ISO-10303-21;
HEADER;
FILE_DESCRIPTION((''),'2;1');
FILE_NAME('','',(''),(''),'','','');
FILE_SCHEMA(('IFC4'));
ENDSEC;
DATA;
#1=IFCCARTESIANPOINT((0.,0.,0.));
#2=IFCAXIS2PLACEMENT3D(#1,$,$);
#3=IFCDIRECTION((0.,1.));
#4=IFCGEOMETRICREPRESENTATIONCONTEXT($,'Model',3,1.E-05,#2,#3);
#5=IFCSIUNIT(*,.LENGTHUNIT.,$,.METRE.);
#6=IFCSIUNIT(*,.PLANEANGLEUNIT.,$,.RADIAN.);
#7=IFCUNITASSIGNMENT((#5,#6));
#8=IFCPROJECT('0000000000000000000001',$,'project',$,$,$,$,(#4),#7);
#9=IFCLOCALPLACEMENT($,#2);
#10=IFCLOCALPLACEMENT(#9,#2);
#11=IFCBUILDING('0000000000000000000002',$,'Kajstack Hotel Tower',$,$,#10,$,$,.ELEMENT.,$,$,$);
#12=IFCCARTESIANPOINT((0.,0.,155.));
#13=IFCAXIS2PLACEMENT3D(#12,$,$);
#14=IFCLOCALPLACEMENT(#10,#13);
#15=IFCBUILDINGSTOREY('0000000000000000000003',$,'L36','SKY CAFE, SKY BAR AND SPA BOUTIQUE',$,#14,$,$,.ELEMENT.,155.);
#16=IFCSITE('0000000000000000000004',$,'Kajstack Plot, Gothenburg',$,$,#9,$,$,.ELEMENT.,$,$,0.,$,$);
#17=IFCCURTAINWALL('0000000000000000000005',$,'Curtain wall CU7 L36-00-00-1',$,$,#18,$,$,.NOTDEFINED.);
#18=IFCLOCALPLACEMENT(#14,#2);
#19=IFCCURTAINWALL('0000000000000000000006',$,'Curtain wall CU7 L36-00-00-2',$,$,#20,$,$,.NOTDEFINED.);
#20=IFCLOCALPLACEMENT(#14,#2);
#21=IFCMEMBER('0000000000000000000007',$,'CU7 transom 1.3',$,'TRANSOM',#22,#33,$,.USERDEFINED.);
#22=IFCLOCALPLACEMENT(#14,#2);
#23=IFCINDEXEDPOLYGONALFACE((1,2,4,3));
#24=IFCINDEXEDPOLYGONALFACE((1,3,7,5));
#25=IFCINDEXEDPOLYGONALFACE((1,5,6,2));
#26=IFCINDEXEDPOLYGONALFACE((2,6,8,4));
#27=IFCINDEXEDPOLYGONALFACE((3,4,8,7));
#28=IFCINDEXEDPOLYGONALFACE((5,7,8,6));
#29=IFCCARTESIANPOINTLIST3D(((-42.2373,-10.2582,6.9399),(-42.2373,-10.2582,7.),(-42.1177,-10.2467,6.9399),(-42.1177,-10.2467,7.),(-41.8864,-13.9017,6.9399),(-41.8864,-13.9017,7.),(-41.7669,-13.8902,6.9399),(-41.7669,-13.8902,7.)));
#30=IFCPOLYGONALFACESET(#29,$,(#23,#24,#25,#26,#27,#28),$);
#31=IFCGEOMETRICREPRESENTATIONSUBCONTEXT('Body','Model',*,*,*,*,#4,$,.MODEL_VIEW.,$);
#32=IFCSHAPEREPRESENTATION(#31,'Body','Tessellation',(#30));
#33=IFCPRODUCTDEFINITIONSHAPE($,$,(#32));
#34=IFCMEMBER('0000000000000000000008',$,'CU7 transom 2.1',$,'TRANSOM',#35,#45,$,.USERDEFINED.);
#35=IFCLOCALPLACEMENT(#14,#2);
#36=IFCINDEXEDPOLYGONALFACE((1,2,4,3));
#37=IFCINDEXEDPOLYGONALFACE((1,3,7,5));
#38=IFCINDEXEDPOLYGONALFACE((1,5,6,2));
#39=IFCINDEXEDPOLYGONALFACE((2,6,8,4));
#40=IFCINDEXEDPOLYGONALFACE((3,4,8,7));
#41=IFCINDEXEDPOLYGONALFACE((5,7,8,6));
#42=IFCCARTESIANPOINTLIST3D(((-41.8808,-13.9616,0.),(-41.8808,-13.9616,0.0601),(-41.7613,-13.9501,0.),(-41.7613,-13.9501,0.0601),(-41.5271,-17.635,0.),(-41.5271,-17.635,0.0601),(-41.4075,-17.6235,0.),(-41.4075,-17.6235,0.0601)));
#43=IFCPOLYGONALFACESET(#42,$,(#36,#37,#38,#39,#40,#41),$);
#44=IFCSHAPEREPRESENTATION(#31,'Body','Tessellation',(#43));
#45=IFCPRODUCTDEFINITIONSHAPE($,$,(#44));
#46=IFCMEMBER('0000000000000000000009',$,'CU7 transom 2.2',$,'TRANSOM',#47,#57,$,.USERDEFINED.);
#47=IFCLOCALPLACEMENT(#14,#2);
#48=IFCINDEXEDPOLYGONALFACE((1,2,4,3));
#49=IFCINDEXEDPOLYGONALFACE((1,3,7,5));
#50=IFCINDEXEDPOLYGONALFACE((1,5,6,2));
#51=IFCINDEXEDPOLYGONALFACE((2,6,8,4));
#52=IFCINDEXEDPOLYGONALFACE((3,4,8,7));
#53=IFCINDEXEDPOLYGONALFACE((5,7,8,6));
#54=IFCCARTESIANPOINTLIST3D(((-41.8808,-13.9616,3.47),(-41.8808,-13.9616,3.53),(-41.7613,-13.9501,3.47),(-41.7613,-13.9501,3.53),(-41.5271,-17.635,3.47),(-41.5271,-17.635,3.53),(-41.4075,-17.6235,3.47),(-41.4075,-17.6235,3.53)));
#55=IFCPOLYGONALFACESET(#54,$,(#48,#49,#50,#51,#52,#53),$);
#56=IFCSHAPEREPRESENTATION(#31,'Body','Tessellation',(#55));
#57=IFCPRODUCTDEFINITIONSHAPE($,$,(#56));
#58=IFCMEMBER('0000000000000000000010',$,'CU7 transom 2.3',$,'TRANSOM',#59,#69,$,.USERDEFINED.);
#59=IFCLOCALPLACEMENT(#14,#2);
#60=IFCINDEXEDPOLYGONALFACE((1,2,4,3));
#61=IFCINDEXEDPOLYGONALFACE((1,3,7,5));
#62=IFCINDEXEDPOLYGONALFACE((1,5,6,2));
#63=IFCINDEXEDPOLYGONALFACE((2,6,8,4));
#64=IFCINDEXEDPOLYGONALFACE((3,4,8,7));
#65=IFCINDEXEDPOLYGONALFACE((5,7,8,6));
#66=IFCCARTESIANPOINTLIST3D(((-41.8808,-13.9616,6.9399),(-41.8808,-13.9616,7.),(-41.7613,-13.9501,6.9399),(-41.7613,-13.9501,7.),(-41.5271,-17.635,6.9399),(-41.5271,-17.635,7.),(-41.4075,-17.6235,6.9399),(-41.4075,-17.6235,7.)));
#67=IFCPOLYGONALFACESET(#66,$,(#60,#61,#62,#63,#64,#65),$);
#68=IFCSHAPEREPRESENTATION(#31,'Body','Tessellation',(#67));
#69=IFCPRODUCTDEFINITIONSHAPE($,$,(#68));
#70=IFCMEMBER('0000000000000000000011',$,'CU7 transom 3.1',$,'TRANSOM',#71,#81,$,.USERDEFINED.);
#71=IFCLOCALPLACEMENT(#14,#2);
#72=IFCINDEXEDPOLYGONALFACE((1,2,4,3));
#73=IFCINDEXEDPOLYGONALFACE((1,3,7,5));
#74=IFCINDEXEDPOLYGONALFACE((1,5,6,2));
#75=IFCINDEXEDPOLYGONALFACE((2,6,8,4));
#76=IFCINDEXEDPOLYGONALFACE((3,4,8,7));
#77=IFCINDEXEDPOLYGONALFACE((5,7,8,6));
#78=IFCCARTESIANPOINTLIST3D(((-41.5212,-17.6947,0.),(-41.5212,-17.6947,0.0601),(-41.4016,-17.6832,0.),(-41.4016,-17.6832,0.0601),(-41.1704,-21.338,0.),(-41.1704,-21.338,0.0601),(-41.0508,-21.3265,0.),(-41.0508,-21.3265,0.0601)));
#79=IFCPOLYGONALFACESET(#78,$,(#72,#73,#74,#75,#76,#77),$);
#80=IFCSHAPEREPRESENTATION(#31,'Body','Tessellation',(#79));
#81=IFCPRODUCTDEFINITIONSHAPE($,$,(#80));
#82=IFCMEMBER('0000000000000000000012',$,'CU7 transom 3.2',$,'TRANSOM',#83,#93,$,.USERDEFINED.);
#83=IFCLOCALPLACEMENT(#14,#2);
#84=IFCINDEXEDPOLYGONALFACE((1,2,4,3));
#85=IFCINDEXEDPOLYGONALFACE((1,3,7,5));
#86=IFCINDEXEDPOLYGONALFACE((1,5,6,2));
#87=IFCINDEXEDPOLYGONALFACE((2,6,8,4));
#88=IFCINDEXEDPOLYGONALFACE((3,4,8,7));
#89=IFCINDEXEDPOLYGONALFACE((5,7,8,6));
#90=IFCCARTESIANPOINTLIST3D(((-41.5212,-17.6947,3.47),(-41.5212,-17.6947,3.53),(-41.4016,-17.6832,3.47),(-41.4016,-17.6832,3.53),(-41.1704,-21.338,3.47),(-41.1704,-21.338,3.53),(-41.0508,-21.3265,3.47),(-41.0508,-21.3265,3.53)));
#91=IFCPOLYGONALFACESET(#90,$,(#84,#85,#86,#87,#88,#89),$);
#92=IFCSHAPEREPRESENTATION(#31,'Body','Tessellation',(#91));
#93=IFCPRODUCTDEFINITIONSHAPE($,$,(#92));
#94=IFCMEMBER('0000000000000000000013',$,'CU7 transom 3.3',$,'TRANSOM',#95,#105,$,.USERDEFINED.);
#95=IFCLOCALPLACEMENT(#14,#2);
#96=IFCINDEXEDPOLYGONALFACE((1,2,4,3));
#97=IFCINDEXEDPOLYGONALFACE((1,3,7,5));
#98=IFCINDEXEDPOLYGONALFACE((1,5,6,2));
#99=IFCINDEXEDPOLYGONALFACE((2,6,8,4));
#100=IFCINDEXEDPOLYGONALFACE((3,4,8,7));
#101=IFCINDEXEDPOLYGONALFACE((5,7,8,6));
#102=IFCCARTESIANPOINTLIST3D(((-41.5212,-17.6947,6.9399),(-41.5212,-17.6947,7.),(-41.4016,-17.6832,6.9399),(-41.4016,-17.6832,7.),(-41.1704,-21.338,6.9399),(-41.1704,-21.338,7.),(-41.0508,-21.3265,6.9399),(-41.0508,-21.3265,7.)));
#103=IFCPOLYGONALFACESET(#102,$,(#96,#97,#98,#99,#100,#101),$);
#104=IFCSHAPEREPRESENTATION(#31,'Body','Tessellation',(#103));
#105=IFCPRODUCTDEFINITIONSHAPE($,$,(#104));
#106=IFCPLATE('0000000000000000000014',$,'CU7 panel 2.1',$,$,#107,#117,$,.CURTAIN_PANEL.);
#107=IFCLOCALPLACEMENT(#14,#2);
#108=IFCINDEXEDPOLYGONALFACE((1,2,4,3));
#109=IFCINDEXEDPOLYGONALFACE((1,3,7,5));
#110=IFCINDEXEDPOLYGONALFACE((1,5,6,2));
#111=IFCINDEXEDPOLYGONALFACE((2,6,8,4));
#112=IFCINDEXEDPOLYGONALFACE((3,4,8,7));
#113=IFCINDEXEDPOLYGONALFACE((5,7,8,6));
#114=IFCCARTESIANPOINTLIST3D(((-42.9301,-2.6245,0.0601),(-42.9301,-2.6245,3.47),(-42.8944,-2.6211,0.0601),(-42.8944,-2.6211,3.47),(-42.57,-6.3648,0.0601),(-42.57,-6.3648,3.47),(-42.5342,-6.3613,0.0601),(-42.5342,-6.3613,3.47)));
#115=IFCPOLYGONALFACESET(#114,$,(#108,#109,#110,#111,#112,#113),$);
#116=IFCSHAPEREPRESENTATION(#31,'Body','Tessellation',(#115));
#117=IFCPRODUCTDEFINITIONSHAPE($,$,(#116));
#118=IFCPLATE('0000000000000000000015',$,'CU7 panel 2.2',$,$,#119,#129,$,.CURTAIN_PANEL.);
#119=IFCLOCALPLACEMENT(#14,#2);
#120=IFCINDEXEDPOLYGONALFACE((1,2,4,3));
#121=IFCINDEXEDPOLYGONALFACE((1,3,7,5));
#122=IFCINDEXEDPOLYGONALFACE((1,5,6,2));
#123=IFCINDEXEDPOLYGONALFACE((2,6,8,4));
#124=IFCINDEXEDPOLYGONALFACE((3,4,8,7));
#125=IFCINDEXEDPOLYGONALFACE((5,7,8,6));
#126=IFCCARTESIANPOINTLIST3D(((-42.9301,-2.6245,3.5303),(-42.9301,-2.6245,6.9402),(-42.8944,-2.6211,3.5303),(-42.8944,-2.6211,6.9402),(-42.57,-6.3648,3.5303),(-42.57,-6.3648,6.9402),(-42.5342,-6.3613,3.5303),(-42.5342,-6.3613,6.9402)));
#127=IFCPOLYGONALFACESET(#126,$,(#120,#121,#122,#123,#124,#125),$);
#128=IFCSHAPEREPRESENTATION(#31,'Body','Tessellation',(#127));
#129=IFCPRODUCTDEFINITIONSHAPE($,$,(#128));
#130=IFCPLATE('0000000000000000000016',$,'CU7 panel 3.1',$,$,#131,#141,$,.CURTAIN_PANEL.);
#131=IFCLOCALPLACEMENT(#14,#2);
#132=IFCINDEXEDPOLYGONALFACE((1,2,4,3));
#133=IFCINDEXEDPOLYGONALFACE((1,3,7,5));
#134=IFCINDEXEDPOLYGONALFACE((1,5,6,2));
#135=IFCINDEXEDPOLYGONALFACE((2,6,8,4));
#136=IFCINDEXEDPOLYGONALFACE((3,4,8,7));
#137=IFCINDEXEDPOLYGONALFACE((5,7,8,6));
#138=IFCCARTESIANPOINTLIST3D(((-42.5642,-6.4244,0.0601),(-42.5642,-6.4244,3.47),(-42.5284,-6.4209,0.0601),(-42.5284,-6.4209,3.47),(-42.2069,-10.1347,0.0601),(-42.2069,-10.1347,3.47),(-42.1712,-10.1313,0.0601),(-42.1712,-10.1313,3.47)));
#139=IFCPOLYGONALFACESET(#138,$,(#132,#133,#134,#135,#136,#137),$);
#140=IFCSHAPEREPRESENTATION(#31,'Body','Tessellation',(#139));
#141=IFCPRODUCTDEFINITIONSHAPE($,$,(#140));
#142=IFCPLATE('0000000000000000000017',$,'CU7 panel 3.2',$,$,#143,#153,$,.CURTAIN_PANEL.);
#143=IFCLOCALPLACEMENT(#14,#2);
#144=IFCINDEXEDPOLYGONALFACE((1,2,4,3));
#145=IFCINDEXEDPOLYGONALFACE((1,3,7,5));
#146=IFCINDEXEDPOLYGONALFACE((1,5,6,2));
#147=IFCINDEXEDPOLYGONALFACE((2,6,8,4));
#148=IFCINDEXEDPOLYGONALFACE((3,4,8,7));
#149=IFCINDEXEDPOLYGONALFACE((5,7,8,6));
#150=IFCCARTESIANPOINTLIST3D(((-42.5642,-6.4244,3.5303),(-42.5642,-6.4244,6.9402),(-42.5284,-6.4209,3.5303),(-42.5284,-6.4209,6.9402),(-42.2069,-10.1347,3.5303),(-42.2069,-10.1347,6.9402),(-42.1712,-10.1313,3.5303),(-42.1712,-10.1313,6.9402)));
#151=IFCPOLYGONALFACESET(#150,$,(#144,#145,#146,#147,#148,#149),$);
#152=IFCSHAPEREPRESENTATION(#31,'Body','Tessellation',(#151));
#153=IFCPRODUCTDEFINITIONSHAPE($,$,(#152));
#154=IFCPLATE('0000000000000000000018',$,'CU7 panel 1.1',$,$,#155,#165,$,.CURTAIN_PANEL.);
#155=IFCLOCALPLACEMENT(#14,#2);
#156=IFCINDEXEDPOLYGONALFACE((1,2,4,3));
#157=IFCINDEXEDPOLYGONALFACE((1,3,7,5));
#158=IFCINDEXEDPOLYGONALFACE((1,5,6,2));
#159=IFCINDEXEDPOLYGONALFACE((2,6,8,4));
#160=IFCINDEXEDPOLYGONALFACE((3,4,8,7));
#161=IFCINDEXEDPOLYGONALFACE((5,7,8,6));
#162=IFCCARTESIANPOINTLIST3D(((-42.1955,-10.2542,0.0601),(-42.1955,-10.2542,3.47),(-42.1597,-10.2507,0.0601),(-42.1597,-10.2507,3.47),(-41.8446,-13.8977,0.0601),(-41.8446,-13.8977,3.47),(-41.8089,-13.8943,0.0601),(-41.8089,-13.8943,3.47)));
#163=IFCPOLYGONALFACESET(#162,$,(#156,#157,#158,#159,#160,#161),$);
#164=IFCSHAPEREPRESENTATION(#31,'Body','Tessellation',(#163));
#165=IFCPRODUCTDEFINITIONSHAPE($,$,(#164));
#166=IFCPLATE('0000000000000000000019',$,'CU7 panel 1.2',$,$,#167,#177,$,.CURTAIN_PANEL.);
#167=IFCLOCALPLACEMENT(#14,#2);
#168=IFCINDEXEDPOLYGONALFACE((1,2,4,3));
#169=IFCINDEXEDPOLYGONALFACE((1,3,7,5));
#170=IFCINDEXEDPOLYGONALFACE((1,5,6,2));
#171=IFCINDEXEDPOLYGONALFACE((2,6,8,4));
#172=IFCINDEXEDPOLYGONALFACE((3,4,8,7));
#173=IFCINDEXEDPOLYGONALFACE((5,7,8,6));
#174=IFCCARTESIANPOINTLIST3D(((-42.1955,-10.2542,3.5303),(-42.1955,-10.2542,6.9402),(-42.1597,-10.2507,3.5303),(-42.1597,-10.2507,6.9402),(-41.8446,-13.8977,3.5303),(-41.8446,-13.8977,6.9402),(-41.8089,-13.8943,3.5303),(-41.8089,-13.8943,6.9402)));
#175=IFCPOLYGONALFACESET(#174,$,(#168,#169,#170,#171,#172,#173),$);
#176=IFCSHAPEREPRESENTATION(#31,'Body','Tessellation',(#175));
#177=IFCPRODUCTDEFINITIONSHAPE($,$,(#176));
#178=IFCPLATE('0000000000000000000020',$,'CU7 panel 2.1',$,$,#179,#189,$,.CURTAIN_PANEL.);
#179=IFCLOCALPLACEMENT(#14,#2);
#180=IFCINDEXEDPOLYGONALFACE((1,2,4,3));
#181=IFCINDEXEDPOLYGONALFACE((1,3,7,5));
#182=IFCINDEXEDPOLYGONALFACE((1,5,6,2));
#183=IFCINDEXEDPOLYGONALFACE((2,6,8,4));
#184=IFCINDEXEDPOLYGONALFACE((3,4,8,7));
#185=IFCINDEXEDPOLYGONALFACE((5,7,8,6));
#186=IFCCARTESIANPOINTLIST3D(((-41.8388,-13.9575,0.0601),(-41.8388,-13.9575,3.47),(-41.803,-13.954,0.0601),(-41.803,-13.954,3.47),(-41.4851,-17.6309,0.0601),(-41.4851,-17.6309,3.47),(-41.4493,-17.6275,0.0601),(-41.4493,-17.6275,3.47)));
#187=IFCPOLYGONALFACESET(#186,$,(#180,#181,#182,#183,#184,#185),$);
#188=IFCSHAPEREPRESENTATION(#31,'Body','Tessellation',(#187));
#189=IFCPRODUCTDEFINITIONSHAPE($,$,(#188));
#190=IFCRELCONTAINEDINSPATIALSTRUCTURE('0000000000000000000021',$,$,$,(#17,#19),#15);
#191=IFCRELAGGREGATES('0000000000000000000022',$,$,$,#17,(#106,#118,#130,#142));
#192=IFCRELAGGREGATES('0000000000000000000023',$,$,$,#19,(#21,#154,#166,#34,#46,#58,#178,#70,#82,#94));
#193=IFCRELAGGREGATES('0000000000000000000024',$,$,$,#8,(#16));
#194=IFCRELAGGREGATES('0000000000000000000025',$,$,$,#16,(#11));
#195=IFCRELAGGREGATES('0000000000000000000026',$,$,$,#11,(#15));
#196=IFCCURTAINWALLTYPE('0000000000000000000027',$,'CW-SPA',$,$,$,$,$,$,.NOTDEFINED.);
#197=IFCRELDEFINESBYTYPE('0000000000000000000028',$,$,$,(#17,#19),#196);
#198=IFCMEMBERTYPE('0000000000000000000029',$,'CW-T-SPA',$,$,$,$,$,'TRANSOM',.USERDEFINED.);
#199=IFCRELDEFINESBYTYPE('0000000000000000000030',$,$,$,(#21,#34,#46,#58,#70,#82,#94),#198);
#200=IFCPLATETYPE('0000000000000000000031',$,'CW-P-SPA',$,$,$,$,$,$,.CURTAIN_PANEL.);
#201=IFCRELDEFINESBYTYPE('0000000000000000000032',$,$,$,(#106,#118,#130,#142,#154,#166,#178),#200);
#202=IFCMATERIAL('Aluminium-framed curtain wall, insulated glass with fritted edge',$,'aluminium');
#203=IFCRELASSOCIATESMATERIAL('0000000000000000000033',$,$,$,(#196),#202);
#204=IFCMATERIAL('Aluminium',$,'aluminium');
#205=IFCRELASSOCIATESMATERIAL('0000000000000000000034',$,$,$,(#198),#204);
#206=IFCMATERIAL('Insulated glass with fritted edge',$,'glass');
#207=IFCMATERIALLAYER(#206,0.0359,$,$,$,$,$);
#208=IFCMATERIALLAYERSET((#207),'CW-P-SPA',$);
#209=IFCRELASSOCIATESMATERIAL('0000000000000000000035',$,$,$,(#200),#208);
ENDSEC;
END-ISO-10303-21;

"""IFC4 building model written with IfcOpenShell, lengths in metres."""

from ifc_helpers import new_model, si_unit, direction, frame, origin, origin_2d, place, context, subcontext, project, spatial, rectangle, extrude, material, layer, layer_set, material_profile, profile_set, type_object, element, aggregate, save


model = new_model("IFC4")

# Units and contexts
model_context = context("Model", 3, precision=1e-05, world=origin(), true_north=direction((0.0, 1.0)))
body_context = subcontext(model_context, "Body", "Model", "MODEL_VIEW")
ifc_project = project(units=[si_unit("LENGTHUNIT", "METRE"), si_unit("PLANEANGLEUNIT", "RADIAN")], contexts=[model_context])

# Site, building, storey
site_placement = place(None, origin())
site = spatial("IfcSite", under=ifc_project, at=site_placement, Name="Kajstack Plot, Gothenburg", CompositionType="ELEMENT", RefElevation=0.0)
building_placement = place(site_placement, origin())
building = spatial("IfcBuilding", under=site, at=building_placement, Name="Kajstack Hotel Tower", CompositionType="ELEMENT")
storey_placement = place(building_placement, frame((0.0, 0.0, 155.0)))
storey = spatial("IfcBuildingStorey", under=building, at=storey_placement, Name="L36", Description="SKY CAFE, SKY BAR AND SPA BOUTIQUE", CompositionType="ELEMENT", Elevation=155.0)

# Curtain walls
ifc_material_1 = material(Name="Aluminium-framed curtain wall, insulated glass with fritted edge", Category="aluminium")
curtain_wall_type = type_object("IfcCurtainWallType", Name="CW-SPA", PredefinedType="NOTDEFINED", material=ifc_material_1)
curtain_wall_1_placement = place(storey_placement, origin())
curtain_wall_1 = element("IfcCurtainWall", 1, at=curtain_wall_1_placement, inside=storey, type_object=curtain_wall_type, Name="Curtain wall CU7 L36-00-00-1", PredefinedType="NOTDEFINED")
ifc_material_2 = material(Name="Aluminium", Category="aluminium")
curtain_wall_2_placement = place(storey_placement, origin())
curtain_wall_2 = element("IfcCurtainWall", 2, at=curtain_wall_2_placement, inside=storey, type_object=curtain_wall_type, Name="Curtain wall CU7 L36-00-00-2", PredefinedType="NOTDEFINED")

# Members
ifc_material_profile_1 = material_profile(ifc_material_2, rectangle(XDim=0.1201, YDim=0.0601, at=origin_2d()), Name="Aluminium transom 120 x 60")
ifc_profile_set_1 = profile_set([ifc_material_profile_1], Name="Aluminium")
member_type_1 = type_object("IfcMemberType", Name="CW-T-SPA", ElementType="TRANSOM", PredefinedType="USERDEFINED", material=ifc_profile_set_1)
member_1_placement = place(storey_placement, frame((-42.1775, -10.2524, 6.97), z_axis=(0.095845, -0.995396, 0.0), x_axis=(0.995396, 0.095845, 0.0)))
member_1 = element("IfcMember", 3, at=member_1_placement, type_object=member_type_1, Name="CU7 transom 1.3", ObjectType="TRANSOM", PredefinedType="USERDEFINED", context=body_context, shape_type="SweptSolid", body=[
    extrude(rectangle(XDim=0.1201, YDim=0.0601, at=origin_2d()), origin(), (0.0, 0.0, 1.0), 3.6604),
])
member_2_placement = place(storey_placement, frame((-41.821, -13.9558, 0.03), z_axis=(0.095861, -0.995395, 0.0), x_axis=(0.995395, 0.095861, 0.0)))
member_2 = element("IfcMember", 4, at=member_2_placement, type_object=member_type_1, Name="CU7 transom 2.1", ObjectType="TRANSOM", PredefinedType="USERDEFINED", context=body_context, shape_type="SweptSolid", body=[
    extrude(rectangle(XDim=0.1201, YDim=0.0601, at=origin_2d()), origin(), (0.0, 0.0, 1.0), 3.6904),
])
member_3_placement = place(storey_placement, frame((-41.821, -13.9558, 3.5), z_axis=(0.095861, -0.995395, 0.0), x_axis=(0.995395, 0.095861, 0.0)))
member_3 = element("IfcMember", 5, at=member_3_placement, type_object=member_type_1, Name="CU7 transom 2.2", ObjectType="TRANSOM", PredefinedType="USERDEFINED", context=body_context, shape_type="SweptSolid", body=[
    extrude(rectangle(XDim=0.1201, YDim=0.0601, at=origin_2d()), origin(), (0.0, 0.0, 1.0), 3.6904),
])
member_4_placement = place(storey_placement, frame((-41.821, -13.9558, 6.97), z_axis=(0.095861, -0.995395, 0.0), x_axis=(0.995395, 0.095861, 0.0)))
member_4 = element("IfcMember", 6, at=member_4_placement, type_object=member_type_1, Name="CU7 transom 2.3", ObjectType="TRANSOM", PredefinedType="USERDEFINED", context=body_context, shape_type="SweptSolid", body=[
    extrude(rectangle(XDim=0.1201, YDim=0.0601, at=origin_2d()), origin(), (0.0, 0.0, 1.0), 3.6904),
])
member_5_placement = place(storey_placement, frame((-41.4614, -17.689, 0.03), z_axis=(0.095851, -0.995396, 0.0), x_axis=(0.995396, 0.095851, 0.0)))
member_5 = element("IfcMember", 7, at=member_5_placement, type_object=member_type_1, Name="CU7 transom 3.1", ObjectType="TRANSOM", PredefinedType="USERDEFINED", context=body_context, shape_type="SweptSolid", body=[
    extrude(rectangle(XDim=0.1201, YDim=0.0601, at=origin_2d()), origin(), (0.0, 0.0, 1.0), 3.6602),
])
member_6_placement = place(storey_placement, frame((-41.4614, -17.689, 3.5), z_axis=(0.095851, -0.995396, 0.0), x_axis=(0.995396, 0.095851, 0.0)))
member_6 = element("IfcMember", 8, at=member_6_placement, type_object=member_type_1, Name="CU7 transom 3.2", ObjectType="TRANSOM", PredefinedType="USERDEFINED", context=body_context, shape_type="SweptSolid", body=[
    extrude(rectangle(XDim=0.1201, YDim=0.0601, at=origin_2d()), origin(), (0.0, 0.0, 1.0), 3.6602),
])
member_7_placement = place(storey_placement, frame((-41.4614, -17.689, 6.97), z_axis=(0.095851, -0.995396, 0.0), x_axis=(0.995396, 0.095851, 0.0)))
member_7 = element("IfcMember", 9, at=member_7_placement, type_object=member_type_1, Name="CU7 transom 3.3", ObjectType="TRANSOM", PredefinedType="USERDEFINED", context=body_context, shape_type="SweptSolid", body=[
    extrude(rectangle(XDim=0.1201, YDim=0.0601, at=origin_2d()), origin(), (0.0, 0.0, 1.0), 3.6602),
])

# Plates
ifc_material_3 = material(Name="Insulated glass with fritted edge", Category="glass")
ifc_layer_1 = layer(ifc_material_3, 0.0359)
ifc_layer_set_1 = layer_set([ifc_layer_1], Name="CW-P-SPA")
plate_type = type_object("IfcPlateType", Name="CW-P-SPA", PredefinedType="CURTAIN_PANEL", material=ifc_layer_set_1)
plate_1_placement = place(storey_placement, frame((-42.7322, -4.4929, 0.0601), z_axis=(0.0, 0.0, 1.0), x_axis=(0.095844, -0.995396, 0.0)))
plate_1 = element("IfcPlate", 10, at=plate_1_placement, type_object=plate_type, Name="CU7 panel 2.1", PredefinedType="CURTAIN_PANEL", context=body_context, shape_type="SweptSolid", body=[
    extrude(rectangle(XDim=3.7576, YDim=0.0359, at=origin_2d()), origin(), (0.0, 0.0, 1.0), 3.4099),
])
plate_2_placement = place(storey_placement, frame((-42.7322, -4.4929, 3.5303), z_axis=(0.0, 0.0, 1.0), x_axis=(0.095844, -0.995396, 0.0)))
plate_2 = element("IfcPlate", 11, at=plate_2_placement, type_object=plate_type, Name="CU7 panel 2.2", PredefinedType="CURTAIN_PANEL", context=body_context, shape_type="SweptSolid", body=[
    extrude(rectangle(XDim=3.7576, YDim=0.0359, at=origin_2d()), origin(), (0.0, 0.0, 1.0), 3.4099),
])
plate_3_placement = place(storey_placement, frame((-42.3677, -8.2778, 0.0601), z_axis=(0.0, 0.0, 1.0), x_axis=(0.095844, -0.995396, 0.0)))
plate_3 = element("IfcPlate", 12, at=plate_3_placement, type_object=plate_type, Name="CU7 panel 3.1", PredefinedType="CURTAIN_PANEL", context=body_context, shape_type="SweptSolid", body=[
    extrude(rectangle(XDim=3.7275, YDim=0.0359, at=origin_2d()), origin(), (0.0, 0.0, 1.0), 3.4099),
])
plate_4_placement = place(storey_placement, frame((-42.3677, -8.2778, 3.5303), z_axis=(0.0, 0.0, 1.0), x_axis=(0.095844, -0.995396, 0.0)))
plate_4 = element("IfcPlate", 13, at=plate_4_placement, type_object=plate_type, Name="CU7 panel 3.2", PredefinedType="CURTAIN_PANEL", context=body_context, shape_type="SweptSolid", body=[
    extrude(rectangle(XDim=3.7275, YDim=0.0359, at=origin_2d()), origin(), (0.0, 0.0, 1.0), 3.4099),
])
aggregate(curtain_wall_1, [plate_1, plate_2, plate_3, plate_4])
plate_5_placement = place(storey_placement, frame((-42.0022, -12.0742, 0.0601), z_axis=(0.0, 0.0, 1.0), x_axis=(0.095844, -0.995396, 0.0)))
plate_5 = element("IfcPlate", 14, at=plate_5_placement, type_object=plate_type, Name="CU7 panel 1.1", PredefinedType="CURTAIN_PANEL", context=body_context, shape_type="SweptSolid", body=[
    extrude(rectangle(XDim=3.6604, YDim=0.0359, at=origin_2d()), origin(), (0.0, 0.0, 1.0), 3.4099),
])
plate_6_placement = place(storey_placement, frame((-42.0022, -12.0742, 3.5303), z_axis=(0.0, 0.0, 1.0), x_axis=(0.095844, -0.995396, 0.0)))
plate_6 = element("IfcPlate", 15, at=plate_6_placement, type_object=plate_type, Name="CU7 panel 1.2", PredefinedType="CURTAIN_PANEL", context=body_context, shape_type="SweptSolid", body=[
    extrude(rectangle(XDim=3.6604, YDim=0.0359, at=origin_2d()), origin(), (0.0, 0.0, 1.0), 3.4099),
])
plate_7_placement = place(storey_placement, frame((-41.644, -15.7925, 0.0601), z_axis=(0.0, 0.0, 1.0), x_axis=(0.095844, -0.995396, 0.0)))
plate_7 = element("IfcPlate", 16, at=plate_7_placement, type_object=plate_type, Name="CU7 panel 2.1", PredefinedType="CURTAIN_PANEL", context=body_context, shape_type="SweptSolid", body=[
    extrude(rectangle(XDim=3.6904, YDim=0.0359, at=origin_2d()), origin(), (0.0, 0.0, 1.0), 3.4099),
])
aggregate(curtain_wall_2, [member_1, plate_5, plate_6, member_2, member_3, member_4, plate_7, member_5, member_6, member_7])

save(model, "model.ifc")
